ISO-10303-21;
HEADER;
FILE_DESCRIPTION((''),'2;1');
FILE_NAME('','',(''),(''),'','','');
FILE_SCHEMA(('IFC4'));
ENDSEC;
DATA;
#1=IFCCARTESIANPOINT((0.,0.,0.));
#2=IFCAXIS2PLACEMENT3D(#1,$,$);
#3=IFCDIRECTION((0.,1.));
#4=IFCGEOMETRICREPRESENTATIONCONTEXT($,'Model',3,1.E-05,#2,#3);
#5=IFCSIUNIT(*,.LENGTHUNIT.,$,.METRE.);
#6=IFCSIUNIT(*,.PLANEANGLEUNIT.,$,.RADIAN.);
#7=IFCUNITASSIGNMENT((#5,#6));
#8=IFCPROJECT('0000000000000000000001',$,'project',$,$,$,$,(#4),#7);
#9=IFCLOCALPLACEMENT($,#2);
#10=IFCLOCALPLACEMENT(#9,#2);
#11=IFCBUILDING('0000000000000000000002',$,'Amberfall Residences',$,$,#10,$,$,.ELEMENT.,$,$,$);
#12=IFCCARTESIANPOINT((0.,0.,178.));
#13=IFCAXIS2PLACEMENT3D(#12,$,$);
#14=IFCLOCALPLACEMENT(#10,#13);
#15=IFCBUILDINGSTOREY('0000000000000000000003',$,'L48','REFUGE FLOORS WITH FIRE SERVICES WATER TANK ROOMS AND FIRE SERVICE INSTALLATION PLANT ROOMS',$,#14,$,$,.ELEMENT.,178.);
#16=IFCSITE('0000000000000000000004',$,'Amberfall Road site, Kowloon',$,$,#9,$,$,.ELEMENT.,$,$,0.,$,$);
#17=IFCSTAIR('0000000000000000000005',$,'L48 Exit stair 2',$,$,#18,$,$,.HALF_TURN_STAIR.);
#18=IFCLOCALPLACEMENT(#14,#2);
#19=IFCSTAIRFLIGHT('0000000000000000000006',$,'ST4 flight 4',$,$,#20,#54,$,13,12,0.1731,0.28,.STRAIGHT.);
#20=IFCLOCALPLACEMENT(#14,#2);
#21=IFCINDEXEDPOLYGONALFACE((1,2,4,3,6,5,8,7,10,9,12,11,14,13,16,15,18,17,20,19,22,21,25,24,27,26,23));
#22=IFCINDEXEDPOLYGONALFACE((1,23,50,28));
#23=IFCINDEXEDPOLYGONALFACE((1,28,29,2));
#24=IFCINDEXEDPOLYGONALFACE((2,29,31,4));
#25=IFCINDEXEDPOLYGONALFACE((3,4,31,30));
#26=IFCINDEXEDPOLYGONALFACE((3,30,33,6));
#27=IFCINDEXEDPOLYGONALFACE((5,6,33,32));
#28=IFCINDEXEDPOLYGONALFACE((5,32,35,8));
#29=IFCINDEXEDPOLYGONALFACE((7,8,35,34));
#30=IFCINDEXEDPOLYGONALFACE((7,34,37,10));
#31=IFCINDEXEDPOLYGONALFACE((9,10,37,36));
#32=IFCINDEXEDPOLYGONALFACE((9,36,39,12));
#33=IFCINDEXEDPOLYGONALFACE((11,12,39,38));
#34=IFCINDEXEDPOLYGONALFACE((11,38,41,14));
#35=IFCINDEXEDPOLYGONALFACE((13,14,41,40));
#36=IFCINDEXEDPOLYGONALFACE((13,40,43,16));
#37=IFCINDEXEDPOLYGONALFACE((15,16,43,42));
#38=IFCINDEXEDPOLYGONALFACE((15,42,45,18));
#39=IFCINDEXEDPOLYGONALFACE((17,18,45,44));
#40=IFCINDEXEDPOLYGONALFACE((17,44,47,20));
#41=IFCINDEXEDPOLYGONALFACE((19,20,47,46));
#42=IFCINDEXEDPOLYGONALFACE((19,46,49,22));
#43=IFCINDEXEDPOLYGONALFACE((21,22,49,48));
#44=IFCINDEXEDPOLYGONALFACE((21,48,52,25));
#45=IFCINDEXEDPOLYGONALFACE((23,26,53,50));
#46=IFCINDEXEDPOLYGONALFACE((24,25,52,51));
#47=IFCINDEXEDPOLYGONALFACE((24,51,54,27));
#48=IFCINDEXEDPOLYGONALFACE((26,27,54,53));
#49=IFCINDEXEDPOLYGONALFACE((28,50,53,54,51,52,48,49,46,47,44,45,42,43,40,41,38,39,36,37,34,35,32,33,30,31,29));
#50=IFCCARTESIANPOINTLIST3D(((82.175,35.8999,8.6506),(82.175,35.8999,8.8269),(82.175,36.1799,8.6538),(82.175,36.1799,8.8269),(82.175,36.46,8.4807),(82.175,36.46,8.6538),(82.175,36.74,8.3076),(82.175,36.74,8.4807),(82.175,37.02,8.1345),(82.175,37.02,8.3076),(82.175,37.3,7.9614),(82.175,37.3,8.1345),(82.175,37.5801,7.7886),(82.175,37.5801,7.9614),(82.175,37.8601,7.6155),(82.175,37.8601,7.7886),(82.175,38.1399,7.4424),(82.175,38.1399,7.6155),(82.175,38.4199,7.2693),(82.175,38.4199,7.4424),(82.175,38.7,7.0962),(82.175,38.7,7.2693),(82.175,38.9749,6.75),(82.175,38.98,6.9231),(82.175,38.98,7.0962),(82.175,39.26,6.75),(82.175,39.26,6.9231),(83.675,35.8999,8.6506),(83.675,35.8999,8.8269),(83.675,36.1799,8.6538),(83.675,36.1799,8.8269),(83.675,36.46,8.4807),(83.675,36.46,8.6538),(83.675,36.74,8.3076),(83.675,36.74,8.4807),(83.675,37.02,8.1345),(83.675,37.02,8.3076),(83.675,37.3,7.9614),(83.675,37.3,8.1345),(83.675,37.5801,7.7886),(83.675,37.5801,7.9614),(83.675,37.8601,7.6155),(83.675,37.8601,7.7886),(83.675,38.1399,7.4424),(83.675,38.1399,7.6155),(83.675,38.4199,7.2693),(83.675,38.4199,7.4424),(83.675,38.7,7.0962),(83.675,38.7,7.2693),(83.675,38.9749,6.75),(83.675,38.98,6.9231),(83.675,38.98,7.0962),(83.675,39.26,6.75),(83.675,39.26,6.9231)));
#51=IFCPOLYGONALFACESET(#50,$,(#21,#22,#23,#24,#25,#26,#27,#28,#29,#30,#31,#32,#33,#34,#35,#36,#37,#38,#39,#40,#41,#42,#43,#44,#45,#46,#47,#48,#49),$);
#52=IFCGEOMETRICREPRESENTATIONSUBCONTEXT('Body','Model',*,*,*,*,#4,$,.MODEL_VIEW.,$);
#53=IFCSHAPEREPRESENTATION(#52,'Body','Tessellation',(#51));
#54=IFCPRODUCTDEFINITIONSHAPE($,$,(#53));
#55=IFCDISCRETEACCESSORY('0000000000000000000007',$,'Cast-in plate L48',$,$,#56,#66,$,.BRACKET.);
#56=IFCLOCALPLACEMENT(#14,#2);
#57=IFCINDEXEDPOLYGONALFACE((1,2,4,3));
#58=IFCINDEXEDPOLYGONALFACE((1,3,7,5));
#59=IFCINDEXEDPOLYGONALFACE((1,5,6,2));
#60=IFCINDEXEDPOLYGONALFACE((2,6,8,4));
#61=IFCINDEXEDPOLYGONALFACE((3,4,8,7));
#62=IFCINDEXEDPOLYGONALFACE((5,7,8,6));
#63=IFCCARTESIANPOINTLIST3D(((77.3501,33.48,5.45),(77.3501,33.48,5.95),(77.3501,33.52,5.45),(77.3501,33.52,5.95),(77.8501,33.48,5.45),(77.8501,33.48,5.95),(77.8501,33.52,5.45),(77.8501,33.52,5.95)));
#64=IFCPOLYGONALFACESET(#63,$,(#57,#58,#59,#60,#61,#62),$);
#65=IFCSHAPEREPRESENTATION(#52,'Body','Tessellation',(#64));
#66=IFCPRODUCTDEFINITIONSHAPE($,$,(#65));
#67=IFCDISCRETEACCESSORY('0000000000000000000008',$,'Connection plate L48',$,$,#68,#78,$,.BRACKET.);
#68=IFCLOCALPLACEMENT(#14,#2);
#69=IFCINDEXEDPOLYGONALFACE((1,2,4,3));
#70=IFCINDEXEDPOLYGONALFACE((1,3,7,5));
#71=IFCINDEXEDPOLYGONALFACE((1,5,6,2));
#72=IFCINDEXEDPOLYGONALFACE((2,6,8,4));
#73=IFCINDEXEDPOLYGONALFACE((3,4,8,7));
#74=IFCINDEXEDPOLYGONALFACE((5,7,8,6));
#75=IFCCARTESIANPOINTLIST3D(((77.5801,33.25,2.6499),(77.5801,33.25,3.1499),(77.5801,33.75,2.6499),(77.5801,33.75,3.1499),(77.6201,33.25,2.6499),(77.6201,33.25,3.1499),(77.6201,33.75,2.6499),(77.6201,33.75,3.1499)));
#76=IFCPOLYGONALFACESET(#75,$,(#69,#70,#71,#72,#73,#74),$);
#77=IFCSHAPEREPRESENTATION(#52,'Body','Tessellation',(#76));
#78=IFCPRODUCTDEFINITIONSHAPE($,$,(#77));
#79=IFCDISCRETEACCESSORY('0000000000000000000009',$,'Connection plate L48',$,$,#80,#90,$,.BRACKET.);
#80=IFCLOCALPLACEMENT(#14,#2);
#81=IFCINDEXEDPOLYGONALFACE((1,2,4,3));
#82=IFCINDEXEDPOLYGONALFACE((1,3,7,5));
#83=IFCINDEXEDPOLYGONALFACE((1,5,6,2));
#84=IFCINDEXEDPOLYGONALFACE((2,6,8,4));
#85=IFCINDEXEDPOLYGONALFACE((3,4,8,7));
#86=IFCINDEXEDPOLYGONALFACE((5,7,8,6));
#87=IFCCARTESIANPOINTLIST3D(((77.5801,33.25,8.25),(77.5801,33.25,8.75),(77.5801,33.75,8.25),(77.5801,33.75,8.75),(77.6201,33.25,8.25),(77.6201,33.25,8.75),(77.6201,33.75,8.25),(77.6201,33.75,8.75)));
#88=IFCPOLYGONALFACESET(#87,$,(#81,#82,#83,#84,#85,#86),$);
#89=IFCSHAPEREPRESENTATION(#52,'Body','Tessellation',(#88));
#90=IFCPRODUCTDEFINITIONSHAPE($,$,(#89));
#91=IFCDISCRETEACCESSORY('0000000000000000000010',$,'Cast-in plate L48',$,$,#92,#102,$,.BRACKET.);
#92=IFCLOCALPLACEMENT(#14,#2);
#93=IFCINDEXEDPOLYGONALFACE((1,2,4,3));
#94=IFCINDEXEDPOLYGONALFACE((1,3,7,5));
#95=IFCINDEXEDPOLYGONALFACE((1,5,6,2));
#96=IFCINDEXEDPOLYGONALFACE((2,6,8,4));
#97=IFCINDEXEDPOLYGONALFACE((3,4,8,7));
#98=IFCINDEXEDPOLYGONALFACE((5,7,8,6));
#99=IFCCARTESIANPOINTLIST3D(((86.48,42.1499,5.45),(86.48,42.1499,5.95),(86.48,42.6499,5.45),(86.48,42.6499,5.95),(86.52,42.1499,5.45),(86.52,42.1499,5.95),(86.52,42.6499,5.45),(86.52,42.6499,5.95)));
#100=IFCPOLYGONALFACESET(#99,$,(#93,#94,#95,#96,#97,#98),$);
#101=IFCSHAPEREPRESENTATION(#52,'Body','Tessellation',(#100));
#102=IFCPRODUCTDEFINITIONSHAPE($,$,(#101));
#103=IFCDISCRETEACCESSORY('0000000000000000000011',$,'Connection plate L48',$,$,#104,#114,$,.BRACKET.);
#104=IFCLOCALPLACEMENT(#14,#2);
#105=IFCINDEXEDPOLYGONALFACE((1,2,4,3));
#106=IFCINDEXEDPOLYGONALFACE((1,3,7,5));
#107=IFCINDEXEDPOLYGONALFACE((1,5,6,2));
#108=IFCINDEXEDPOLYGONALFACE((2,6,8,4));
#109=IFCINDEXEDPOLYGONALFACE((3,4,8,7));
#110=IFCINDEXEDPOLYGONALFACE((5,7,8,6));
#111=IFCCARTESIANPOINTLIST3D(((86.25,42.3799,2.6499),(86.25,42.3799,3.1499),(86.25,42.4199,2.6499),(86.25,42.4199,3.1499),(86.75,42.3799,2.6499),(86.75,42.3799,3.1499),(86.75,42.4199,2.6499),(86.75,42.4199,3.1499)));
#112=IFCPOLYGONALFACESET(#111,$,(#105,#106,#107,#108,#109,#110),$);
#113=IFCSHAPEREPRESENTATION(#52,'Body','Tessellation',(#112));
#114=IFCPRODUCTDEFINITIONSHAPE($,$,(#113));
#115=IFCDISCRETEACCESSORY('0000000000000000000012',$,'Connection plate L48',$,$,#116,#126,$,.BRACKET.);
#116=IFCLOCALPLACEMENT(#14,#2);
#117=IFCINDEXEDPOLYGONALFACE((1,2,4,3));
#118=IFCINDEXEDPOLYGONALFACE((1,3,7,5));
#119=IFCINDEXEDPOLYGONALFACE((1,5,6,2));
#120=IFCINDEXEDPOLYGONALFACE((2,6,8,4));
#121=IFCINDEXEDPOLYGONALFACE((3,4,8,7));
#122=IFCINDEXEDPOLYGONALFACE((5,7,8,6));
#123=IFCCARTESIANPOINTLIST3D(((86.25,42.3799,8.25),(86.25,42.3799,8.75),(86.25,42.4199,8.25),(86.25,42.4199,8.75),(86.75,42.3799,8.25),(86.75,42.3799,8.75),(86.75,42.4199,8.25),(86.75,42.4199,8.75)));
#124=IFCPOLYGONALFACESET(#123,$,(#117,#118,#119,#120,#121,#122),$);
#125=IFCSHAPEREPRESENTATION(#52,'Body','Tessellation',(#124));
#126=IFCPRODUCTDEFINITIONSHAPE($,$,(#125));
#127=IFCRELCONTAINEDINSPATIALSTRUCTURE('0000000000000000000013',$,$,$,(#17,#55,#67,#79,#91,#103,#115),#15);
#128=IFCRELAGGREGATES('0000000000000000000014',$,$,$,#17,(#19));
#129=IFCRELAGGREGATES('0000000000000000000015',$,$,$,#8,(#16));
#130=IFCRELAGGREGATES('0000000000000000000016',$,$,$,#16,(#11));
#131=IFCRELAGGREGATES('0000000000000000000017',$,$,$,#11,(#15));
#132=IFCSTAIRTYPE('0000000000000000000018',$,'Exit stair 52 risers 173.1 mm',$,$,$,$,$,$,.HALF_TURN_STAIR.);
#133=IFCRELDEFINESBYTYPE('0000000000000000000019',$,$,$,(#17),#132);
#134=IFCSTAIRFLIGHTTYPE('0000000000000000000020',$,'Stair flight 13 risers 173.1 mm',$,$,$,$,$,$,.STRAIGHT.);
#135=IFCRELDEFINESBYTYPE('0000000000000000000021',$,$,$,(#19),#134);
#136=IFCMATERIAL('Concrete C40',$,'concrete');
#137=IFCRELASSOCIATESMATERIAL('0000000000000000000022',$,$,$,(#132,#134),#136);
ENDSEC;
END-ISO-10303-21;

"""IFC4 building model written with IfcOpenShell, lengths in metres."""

from ifc_helpers import new_model, si_unit, direction, frame, origin, origin_2d, place, context, subcontext, project, spatial, polyline, rectangle, outline, extrude, material, type_object, element, aggregate, save


model = new_model("IFC4")

# Units and contexts
model_context = context("Model", 3, precision=1e-05, world=origin(), true_north=direction((0.0, 1.0)))
body_context = subcontext(model_context, "Body", "Model", "MODEL_VIEW")
ifc_project = project(units=[si_unit("LENGTHUNIT", "METRE"), si_unit("PLANEANGLEUNIT", "RADIAN")], contexts=[model_context])

# Site, building, storey
site_placement = place(None, origin())
site = spatial("IfcSite", under=ifc_project, at=site_placement, Name="Amberfall Road site, Kowloon", CompositionType="ELEMENT", RefElevation=0.0)
building_placement = place(site_placement, origin())
building = spatial("IfcBuilding", under=site, at=building_placement, Name="Amberfall Residences", CompositionType="ELEMENT")
storey_placement = place(building_placement, frame((0.0, 0.0, 178.0)))
storey = spatial("IfcBuildingStorey", under=building, at=storey_placement, Name="L48", Description="REFUGE FLOORS WITH FIRE SERVICES WATER TANK ROOMS AND FIRE SERVICE INSTALLATION PLANT ROOMS", CompositionType="ELEMENT", Elevation=178.0)

# Shared definitions
ifc_material_1 = material(Name="Concrete C40", Category="concrete")

# Stair, stair flight
stair_type = type_object("IfcStairType", Name="Exit stair 52 risers 173.1 mm", PredefinedType="HALF_TURN_STAIR", material=ifc_material_1)
stair_placement = place(storey_placement, origin())
stair = element("IfcStair", 1, at=stair_placement, inside=storey, type_object=stair_type, Name="L48 Exit stair 2", PredefinedType="HALF_TURN_STAIR")
stair_flight_type = type_object("IfcStairFlightType", Name="Stair flight 13 risers 173.1 mm", PredefinedType="STRAIGHT", material=ifc_material_1)
stair_flight_1_placement = place(storey_placement, frame((82.925, 39.26, 6.75), z_axis=(0.0, 0.0, 1.0), x_axis=(0.0, -1.0, 0.0)))
stair_flight_1 = element("IfcStairFlight", 2, at=stair_flight_1_placement, type_object=stair_flight_type, Name="ST4 flight 4", NumberOfRisers=13, NumberOfTreads=12, PredefinedType="STRAIGHT", RiserHeight=0.1731, TreadLength=0.28, context=body_context, shape_type="SweptSolid", body=[
    extrude(outline(polyline([(0.0, 0.0), (0.0, 0.1731), (0.28, 0.1731), (0.28, 0.3462), (0.5601, 0.3462), (0.5601, 0.5193), (0.8401, 0.5193), (0.8401, 0.6924), (1.1201, 0.6924), (1.1201, 0.8655), (1.3999, 0.8655), (1.3999, 1.0386), (1.6799, 1.0386), (1.6799, 1.2114), (1.96, 1.2114), (1.96, 1.3845), (2.24, 1.3845), (2.24, 1.5576), (2.52, 1.5576), (2.52, 1.7307), (2.8, 1.7307), (2.8, 1.9038), (3.0801, 1.9038), (3.0801, 2.0769), (3.3601, 2.0769), (3.3601, 2.25), (3.3601, 1.9006), (0.2852, 0.0), (0.0, 0.0)])), frame((0.0, 0.75, 0.0), z_axis=(0.0, -1.0, 0.0), x_axis=(1.0, 0.0, 0.0)), (0.0, 0.0, 1.0), 1.5),
])
aggregate(stair, [stair_flight_1])

# Discrete accessories
discrete_accessory_1_placement = place(storey_placement, frame((77.6001, 33.5, 5.45), z_axis=(0.0, 0.0, 1.0), x_axis=(0.0, 1.0, 0.0)))
element("IfcDiscreteAccessory", 3, at=discrete_accessory_1_placement, inside=storey, Name="Cast-in plate L48", PredefinedType="BRACKET", context=body_context, shape_type="SweptSolid", body=[
    extrude(rectangle(XDim=0.04, YDim=0.5, at=origin_2d()), origin(), (0.0, 0.0, 1.0), 0.5),
])
for number, where, z_axis, x_axis, name in (
    (4, (77.6001, 33.5, 2.6499), (0.0, 0.0, 1.0), (0.0, 1.0, 0.0), "Connection plate L48"),
    (5, (77.6001, 33.5, 8.25), (0.0, 0.0, 1.0), (0.0, 1.0, 0.0), "Connection plate L48"),
):
    element("IfcDiscreteAccessory", number, at=place(storey_placement, frame(where, z_axis=z_axis, x_axis=x_axis)), inside=storey, Name=name, PredefinedType="BRACKET", context=body_context, shape_type="SweptSolid", body=[
        extrude(rectangle(XDim=0.5, YDim=0.04, at=origin_2d()), origin(), (0.0, 0.0, 1.0), 0.5),
    ])
discrete_accessory_2_placement = place(storey_placement, frame((86.5, 42.3999, 5.45), z_axis=(0.0, 0.0, 1.0), x_axis=(1.0, 0.0, 0.0)))
element("IfcDiscreteAccessory", 6, at=discrete_accessory_2_placement, inside=storey, Name="Cast-in plate L48", PredefinedType="BRACKET", context=body_context, shape_type="SweptSolid", body=[
    extrude(rectangle(XDim=0.04, YDim=0.5, at=origin_2d()), origin(), (0.0, 0.0, 1.0), 0.5),
])
for number, where, z_axis, x_axis, name in (
    (7, (86.5, 42.3999, 2.6499), (0.0, 0.0, 1.0), (1.0, 0.0, 0.0), "Connection plate L48"),
    (8, (86.5, 42.3999, 8.25), (0.0, 0.0, 1.0), (1.0, 0.0, 0.0), "Connection plate L48"),
):
    element("IfcDiscreteAccessory", number, at=place(storey_placement, frame(where, z_axis=z_axis, x_axis=x_axis)), inside=storey, Name=name, PredefinedType="BRACKET", context=body_context, shape_type="SweptSolid", body=[
        extrude(rectangle(XDim=0.5, YDim=0.04, at=origin_2d()), origin(), (0.0, 0.0, 1.0), 0.5),
    ])

save(model, "model.ifc")
